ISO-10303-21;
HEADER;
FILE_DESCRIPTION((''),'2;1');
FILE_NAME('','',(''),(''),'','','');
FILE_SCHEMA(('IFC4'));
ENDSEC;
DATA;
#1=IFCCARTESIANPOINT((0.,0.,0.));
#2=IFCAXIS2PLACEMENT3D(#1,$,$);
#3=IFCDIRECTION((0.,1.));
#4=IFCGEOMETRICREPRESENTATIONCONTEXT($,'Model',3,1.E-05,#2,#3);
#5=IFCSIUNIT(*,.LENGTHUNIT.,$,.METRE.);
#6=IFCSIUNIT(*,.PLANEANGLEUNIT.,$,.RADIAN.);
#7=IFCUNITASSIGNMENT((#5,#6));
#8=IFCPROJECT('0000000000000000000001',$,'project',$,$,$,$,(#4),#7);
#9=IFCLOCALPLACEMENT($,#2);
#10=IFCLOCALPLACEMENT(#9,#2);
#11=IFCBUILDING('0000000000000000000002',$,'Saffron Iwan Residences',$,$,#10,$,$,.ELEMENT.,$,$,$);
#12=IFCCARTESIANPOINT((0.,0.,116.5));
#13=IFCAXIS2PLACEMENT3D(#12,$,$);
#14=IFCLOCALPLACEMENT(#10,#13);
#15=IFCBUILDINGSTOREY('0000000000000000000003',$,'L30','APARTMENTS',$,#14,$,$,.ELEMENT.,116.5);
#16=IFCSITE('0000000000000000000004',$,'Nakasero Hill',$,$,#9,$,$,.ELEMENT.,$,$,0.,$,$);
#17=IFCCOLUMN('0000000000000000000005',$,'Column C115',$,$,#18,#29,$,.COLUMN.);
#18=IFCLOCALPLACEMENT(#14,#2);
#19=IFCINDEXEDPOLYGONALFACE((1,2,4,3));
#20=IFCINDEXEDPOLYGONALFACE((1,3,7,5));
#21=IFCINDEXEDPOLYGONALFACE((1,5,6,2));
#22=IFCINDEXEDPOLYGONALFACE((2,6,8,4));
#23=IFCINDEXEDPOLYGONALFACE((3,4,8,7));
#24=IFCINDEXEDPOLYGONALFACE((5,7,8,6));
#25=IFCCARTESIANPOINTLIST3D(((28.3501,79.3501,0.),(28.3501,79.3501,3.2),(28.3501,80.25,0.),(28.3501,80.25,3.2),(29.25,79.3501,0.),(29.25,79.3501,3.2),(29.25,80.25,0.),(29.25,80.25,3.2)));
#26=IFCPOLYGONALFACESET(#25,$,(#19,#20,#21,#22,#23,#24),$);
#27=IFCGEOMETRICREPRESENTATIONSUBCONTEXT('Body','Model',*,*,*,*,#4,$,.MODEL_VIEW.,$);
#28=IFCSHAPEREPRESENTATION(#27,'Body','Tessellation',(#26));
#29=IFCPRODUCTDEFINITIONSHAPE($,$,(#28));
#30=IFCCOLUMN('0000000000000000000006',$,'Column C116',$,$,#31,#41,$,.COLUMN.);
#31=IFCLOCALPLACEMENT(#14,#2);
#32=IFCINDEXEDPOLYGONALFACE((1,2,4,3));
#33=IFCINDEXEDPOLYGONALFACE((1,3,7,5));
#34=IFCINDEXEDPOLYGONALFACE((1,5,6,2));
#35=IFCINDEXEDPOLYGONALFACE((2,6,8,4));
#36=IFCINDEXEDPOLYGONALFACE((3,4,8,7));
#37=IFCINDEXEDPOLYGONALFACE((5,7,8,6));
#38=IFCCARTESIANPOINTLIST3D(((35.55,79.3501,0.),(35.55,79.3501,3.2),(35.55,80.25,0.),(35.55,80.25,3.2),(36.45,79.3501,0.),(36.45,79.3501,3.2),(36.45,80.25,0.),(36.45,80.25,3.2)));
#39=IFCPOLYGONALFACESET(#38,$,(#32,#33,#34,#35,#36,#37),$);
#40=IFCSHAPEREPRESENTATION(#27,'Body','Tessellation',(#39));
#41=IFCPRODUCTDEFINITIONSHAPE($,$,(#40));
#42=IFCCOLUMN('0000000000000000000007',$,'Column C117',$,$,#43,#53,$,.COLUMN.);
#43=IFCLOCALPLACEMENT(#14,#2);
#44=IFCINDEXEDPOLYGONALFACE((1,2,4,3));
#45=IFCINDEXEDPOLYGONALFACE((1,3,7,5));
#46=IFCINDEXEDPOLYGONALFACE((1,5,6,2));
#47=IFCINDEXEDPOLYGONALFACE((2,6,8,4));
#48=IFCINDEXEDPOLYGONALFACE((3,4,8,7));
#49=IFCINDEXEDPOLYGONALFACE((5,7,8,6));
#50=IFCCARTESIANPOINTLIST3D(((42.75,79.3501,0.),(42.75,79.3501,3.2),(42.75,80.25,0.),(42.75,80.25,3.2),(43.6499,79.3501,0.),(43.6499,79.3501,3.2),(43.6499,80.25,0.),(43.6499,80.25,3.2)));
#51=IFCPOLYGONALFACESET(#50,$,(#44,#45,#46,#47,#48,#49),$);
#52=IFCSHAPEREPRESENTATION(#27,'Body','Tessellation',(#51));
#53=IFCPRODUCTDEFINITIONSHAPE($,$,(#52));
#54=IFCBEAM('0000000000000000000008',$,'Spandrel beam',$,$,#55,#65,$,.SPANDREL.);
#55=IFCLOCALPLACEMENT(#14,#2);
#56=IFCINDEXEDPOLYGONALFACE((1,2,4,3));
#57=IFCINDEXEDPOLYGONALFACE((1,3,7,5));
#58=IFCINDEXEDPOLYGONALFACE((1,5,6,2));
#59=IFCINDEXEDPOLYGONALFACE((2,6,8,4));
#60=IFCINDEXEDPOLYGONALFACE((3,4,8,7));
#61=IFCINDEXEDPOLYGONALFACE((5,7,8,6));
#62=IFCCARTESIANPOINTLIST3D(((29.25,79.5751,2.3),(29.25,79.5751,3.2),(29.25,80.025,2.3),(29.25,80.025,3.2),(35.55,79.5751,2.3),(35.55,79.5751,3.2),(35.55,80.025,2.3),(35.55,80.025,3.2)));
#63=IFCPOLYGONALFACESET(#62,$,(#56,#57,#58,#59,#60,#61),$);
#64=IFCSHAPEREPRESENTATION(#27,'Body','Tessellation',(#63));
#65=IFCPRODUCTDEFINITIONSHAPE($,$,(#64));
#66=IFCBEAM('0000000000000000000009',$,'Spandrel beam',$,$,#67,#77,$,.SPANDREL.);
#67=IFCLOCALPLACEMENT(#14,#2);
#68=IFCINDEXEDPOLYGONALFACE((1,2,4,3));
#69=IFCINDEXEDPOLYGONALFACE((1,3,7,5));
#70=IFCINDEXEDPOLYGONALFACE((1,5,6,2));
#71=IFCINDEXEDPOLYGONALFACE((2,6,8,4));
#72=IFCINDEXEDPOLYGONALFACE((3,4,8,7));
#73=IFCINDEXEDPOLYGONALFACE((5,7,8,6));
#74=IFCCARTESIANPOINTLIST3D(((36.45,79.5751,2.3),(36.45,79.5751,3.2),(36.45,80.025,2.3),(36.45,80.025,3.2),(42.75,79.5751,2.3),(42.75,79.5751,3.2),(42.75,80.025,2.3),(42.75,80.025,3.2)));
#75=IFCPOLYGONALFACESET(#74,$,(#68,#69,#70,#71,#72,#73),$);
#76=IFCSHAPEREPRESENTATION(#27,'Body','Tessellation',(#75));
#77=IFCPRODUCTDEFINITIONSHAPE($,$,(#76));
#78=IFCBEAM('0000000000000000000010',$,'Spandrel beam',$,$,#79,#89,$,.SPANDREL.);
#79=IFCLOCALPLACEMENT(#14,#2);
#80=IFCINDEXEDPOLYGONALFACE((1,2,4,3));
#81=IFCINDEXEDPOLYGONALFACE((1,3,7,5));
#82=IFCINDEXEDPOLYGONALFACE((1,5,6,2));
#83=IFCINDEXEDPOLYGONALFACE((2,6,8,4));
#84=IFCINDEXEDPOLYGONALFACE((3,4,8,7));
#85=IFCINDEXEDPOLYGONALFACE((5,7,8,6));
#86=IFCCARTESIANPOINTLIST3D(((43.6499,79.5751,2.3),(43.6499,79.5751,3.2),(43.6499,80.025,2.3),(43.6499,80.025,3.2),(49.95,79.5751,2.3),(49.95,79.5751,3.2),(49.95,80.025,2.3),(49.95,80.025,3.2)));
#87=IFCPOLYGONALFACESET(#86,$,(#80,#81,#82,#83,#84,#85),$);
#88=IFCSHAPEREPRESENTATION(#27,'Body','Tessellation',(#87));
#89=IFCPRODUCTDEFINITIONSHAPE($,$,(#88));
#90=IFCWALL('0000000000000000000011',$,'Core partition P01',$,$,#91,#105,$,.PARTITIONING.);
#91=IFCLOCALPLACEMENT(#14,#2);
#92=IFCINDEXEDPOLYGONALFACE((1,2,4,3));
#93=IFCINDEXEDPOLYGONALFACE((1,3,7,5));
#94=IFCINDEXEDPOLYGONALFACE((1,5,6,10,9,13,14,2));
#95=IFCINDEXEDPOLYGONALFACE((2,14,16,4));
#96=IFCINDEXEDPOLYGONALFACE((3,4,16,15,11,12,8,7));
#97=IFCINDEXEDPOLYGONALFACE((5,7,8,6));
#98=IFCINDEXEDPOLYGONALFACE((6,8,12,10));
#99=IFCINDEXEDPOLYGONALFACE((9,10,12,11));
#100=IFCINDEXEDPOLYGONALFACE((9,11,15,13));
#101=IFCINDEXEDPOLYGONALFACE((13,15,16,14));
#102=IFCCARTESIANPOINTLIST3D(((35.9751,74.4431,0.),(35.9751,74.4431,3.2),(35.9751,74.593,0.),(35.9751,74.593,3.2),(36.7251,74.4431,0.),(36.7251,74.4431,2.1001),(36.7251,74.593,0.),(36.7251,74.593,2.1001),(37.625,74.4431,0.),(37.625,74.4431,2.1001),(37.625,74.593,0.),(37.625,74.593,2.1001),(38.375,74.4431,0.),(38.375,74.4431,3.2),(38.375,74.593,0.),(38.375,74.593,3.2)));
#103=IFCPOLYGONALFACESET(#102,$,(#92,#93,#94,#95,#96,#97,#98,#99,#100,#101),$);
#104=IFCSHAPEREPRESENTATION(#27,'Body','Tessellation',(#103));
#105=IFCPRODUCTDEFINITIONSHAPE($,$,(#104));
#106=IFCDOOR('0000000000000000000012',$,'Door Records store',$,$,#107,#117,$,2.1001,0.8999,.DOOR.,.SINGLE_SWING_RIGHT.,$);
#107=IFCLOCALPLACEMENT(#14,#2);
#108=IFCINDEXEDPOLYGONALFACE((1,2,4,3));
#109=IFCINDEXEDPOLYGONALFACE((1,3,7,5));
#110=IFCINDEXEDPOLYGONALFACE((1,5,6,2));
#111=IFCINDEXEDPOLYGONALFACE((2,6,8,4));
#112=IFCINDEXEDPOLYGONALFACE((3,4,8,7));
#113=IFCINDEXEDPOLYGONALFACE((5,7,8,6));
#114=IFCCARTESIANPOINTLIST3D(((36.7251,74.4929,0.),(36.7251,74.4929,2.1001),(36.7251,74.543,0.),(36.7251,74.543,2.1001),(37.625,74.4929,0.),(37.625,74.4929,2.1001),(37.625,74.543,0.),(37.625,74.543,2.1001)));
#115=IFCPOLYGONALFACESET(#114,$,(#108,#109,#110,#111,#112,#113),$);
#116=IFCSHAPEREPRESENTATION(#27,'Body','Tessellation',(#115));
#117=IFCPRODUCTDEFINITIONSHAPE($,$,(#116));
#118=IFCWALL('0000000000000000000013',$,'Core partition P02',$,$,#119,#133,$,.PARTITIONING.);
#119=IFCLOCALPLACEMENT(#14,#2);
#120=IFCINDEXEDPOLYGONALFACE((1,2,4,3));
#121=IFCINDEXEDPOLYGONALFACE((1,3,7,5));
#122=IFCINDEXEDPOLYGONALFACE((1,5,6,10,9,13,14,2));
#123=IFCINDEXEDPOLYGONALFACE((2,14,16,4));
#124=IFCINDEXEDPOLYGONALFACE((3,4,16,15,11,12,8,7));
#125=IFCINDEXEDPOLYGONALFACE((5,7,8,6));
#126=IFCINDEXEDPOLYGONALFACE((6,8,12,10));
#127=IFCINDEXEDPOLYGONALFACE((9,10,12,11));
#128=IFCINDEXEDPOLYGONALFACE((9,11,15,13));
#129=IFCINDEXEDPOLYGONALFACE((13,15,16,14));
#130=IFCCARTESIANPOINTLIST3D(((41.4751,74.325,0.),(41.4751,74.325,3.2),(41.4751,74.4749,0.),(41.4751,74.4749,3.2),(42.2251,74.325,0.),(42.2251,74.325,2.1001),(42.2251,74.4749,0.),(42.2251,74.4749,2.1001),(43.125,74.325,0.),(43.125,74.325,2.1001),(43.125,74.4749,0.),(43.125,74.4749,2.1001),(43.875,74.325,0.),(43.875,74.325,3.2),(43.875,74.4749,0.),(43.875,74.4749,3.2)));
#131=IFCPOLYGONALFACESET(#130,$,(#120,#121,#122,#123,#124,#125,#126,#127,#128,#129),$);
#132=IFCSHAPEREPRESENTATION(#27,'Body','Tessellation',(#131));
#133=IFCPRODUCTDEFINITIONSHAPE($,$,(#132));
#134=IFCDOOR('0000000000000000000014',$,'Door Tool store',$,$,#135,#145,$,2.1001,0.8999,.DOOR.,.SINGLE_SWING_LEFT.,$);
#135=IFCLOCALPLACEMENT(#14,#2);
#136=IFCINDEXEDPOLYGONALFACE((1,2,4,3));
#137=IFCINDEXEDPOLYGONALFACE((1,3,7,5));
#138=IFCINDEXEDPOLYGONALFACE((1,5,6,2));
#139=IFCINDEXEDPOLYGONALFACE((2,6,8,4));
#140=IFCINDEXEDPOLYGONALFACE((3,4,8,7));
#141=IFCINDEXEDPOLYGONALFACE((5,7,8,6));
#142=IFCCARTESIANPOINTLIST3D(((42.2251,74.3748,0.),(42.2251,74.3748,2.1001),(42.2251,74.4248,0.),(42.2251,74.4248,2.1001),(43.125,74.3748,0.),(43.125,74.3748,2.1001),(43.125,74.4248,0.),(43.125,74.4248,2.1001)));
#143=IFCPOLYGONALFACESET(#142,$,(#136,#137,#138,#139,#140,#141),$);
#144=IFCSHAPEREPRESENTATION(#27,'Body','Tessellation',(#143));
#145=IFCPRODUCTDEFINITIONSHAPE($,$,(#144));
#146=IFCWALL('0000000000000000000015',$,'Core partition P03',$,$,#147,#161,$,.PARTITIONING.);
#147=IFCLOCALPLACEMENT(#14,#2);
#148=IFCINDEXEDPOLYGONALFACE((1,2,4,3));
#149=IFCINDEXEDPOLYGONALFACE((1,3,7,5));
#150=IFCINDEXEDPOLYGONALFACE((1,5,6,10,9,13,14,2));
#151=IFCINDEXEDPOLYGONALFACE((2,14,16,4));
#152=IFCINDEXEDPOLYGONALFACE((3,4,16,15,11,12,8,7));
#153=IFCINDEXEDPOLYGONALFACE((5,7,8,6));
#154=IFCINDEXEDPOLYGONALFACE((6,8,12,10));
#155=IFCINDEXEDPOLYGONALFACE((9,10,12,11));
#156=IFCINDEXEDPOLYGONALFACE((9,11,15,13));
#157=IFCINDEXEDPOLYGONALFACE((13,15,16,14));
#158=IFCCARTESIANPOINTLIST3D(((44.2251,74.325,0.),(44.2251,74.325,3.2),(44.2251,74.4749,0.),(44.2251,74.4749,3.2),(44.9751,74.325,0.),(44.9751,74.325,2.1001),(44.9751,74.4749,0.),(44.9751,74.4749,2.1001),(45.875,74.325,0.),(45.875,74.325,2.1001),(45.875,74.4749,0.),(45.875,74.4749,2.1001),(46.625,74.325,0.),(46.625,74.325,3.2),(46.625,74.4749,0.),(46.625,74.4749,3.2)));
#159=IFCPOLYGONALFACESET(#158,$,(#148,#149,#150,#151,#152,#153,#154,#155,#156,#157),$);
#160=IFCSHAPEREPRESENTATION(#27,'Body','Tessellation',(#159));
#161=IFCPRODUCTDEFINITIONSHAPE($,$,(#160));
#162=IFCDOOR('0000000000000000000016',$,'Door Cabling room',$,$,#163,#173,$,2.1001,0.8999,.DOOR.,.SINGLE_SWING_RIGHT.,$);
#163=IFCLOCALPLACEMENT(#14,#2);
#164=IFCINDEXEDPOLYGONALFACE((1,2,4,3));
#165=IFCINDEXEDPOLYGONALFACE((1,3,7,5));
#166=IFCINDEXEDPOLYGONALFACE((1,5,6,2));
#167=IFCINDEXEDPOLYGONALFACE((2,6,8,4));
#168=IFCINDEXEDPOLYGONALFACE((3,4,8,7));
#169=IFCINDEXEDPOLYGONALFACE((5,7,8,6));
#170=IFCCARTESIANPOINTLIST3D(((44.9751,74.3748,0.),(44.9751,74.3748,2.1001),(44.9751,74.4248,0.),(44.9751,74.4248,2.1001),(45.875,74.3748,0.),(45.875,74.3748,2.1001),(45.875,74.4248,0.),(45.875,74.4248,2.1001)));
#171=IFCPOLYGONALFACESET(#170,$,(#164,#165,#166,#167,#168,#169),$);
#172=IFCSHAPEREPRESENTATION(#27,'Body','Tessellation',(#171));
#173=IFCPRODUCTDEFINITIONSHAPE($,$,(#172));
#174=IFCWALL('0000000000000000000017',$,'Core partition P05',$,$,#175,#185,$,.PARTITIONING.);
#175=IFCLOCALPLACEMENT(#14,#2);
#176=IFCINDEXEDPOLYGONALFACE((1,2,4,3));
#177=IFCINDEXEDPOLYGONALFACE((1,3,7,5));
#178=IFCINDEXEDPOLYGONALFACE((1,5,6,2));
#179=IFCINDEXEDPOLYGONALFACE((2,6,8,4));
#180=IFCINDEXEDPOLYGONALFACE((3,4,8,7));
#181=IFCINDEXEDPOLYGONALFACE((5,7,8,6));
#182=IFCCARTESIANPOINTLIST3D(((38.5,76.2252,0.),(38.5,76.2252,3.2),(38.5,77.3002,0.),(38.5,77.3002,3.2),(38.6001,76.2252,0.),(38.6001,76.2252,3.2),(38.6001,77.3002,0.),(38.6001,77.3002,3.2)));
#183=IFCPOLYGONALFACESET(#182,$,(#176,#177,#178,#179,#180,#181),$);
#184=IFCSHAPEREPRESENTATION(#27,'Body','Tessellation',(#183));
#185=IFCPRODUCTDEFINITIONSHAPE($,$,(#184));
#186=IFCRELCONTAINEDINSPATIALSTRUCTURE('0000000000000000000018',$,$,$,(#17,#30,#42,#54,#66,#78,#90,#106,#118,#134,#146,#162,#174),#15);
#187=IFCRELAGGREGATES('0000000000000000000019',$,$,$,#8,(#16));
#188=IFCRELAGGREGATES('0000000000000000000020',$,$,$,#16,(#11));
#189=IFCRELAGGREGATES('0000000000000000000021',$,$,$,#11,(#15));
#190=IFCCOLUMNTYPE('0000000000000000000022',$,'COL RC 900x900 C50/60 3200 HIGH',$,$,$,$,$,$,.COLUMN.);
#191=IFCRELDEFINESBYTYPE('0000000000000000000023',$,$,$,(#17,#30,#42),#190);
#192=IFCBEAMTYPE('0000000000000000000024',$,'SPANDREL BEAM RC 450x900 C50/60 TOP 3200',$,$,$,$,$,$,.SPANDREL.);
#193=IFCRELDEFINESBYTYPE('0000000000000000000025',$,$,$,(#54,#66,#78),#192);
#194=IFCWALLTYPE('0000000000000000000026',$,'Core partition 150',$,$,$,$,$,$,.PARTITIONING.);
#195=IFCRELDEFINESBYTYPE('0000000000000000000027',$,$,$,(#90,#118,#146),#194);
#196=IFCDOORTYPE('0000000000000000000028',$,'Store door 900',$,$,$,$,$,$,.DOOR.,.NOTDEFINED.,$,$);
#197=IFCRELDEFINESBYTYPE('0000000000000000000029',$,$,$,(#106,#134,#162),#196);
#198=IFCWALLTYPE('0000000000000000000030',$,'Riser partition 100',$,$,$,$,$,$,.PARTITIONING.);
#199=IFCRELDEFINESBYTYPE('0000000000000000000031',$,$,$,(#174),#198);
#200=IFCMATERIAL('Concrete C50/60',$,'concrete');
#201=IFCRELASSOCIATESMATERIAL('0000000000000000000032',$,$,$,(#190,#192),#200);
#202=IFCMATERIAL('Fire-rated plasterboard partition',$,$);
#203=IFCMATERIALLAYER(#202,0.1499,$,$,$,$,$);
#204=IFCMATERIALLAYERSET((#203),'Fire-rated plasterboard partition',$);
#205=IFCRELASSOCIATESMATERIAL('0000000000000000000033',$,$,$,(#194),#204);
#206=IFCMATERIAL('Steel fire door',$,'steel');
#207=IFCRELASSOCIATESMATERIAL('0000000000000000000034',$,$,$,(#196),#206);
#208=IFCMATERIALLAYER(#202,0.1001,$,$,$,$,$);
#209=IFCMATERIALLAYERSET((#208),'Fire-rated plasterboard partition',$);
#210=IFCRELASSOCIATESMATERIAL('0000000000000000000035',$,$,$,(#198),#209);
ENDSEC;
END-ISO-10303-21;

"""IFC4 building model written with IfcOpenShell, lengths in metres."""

from ifc_helpers import new_model, si_unit, direction, frame, frame_2d, origin, origin_2d, place, context, subcontext, project, spatial, rectangle, extrude, source, transform, mapped, material, layer, layer_set, material_profile, profile_set, type_object, element, fill, save


model = new_model("IFC4")

# Units and contexts
model_context = context("Model", 3, precision=1e-05, world=origin(), true_north=direction((0.0, 1.0)))
body_context = subcontext(model_context, "Body", "Model", "MODEL_VIEW")
ifc_project = project(units=[si_unit("LENGTHUNIT", "METRE"), si_unit("PLANEANGLEUNIT", "RADIAN")], contexts=[model_context])

# Site, building, storey
site_placement = place(None, origin())
site = spatial("IfcSite", under=ifc_project, at=site_placement, Name="Nakasero Hill", CompositionType="ELEMENT", RefElevation=0.0)
building_placement = place(site_placement, origin())
building = spatial("IfcBuilding", under=site, at=building_placement, Name="Saffron Iwan Residences", CompositionType="ELEMENT")
storey_placement = place(building_placement, frame((0.0, 0.0, 116.5)))
storey = spatial("IfcBuildingStorey", under=building, at=storey_placement, Name="L30", Description="APARTMENTS", CompositionType="ELEMENT", Elevation=116.5)

# Columns
ifc_material_1 = material(Name="Concrete C50/60", Category="concrete")
ifc_material_profile_1 = material_profile(ifc_material_1, rectangle(XDim=0.8999, YDim=0.8999, at=origin_2d()), Name="RC 900x900")
ifc_profile_set_1 = profile_set([ifc_material_profile_1], Name="Concrete C50/60")
column_type = type_object("IfcColumnType", Name="COL RC 900x900 C50/60 3200 HIGH", PredefinedType="COLUMN", material=ifc_profile_set_1)
shared_shape_1 = source(origin(), body_context, "Body", "SweptSolid", [
    extrude(rectangle(XDim=0.8999, YDim=0.8999, at=origin_2d()), origin(), (0.0, 0.0, 1.0), 3.2),
])
for number, where, z_axis, x_axis, name in (
    (1, (28.8, 79.8, 0.0), (0.0, 0.0, 1.0), (1.0, 0.0, 0.0), "Column C115"),
    (2, (36.0, 79.8, 0.0), (0.0, 0.0, 1.0), (1.0, 0.0, 0.0), "Column C116"),
    (3, (43.2, 79.8, 0.0), (0.0, 0.0, 1.0), (1.0, 0.0, 0.0), "Column C117"),
):
    element("IfcColumn", number, at=place(storey_placement, frame(where, z_axis=z_axis, x_axis=x_axis)), inside=storey, type_object=column_type, Name=name, PredefinedType="COLUMN", context=body_context, shape_type="MappedRepresentation", body=[
        mapped(shared_shape_1, transform((0.0, 0.0, 0.0))),
    ])

# Beams
ifc_material_profile_2 = material_profile(ifc_material_1, rectangle(XDim=0.45, YDim=0.8999, at=origin_2d()), Name="RC 450x900")
ifc_profile_set_2 = profile_set([ifc_material_profile_2], Name="Concrete C50/60")
beam_type = type_object("IfcBeamType", Name="SPANDREL BEAM RC 450x900 C50/60 TOP 3200", PredefinedType="SPANDREL", material=ifc_profile_set_2)
shared_shape_2 = source(origin(), body_context, "Body", "SweptSolid", [
    extrude(rectangle(XDim=0.45, YDim=0.8999, at=origin_2d()), origin(), (0.0, 0.0, 1.0), 6.3),
])
for number, where, z_axis, x_axis, name in (
    (4, (29.25, 79.8, 2.75), (1.0, 0.0, 0.0), (0.0, 1.0, 0.0), "Spandrel beam"),
    (5, (36.45, 79.8, 2.75), (1.0, 0.0, 0.0), (0.0, 1.0, 0.0), "Spandrel beam"),
    (6, (43.6499, 79.8, 2.75), (1.0, 0.0, 0.0), (0.0, 1.0, 0.0), "Spandrel beam"),
):
    element("IfcBeam", number, at=place(storey_placement, frame(where, z_axis=z_axis, x_axis=x_axis)), inside=storey, type_object=beam_type, Name=name, PredefinedType="SPANDREL", context=body_context, shape_type="MappedRepresentation", body=[
        mapped(shared_shape_2, transform((0.0, 0.0, 0.0))),
    ])

# Walls, openings, doors
ifc_material_2 = material(Name="Fire-rated plasterboard partition")
ifc_layer_1 = layer(ifc_material_2, 0.1499)
ifc_layer_set_1 = layer_set([ifc_layer_1], Name="Fire-rated plasterboard partition")
wall_type_1 = type_object("IfcWallType", Name="Core partition 150", PredefinedType="PARTITIONING", material=ifc_layer_set_1)
wall_1_placement = place(storey_placement, frame((35.9751, 74.5181, 0.0), z_axis=(0.0, 0.0, 1.0), x_axis=(1.0, 0.0, 0.0)))
wall_1 = element("IfcWall", 7, at=wall_1_placement, inside=storey, type_object=wall_type_1, Name="Core partition P01", PredefinedType="PARTITIONING", context=body_context, shape_type="SweptSolid", body=[
    extrude(rectangle(XDim=2.3999, YDim=0.1499, at=frame_2d((1.2, 0.0))), origin(), (0.0, 0.0, 1.0), 3.2),
])
opening_1_placement = place(wall_1_placement, frame((0.75, 0.0, 0.0)))
opening_1 = element("IfcOpeningElement", 8, at=opening_1_placement, cuts=wall_1, PredefinedType="OPENING", context=body_context, shape_type="SweptSolid", body=[
    extrude(rectangle(XDim=0.8999, YDim=2.1001, at=frame_2d((0.45, 1.05))), frame((0.0, 0.085, 0.0), z_axis=(0.0, -1.0, 0.0), x_axis=(1.0, 0.0, 0.0)), (0.0, 0.0, 1.0), 0.1699),
])
ifc_material_3 = material(Name="Steel fire door", Category="steel")
door_type = type_object("IfcDoorType", Name="Store door 900", OperationType="NOTDEFINED", PredefinedType="DOOR", material=ifc_material_3)
door_1_placement = place(opening_1_placement, origin())
door_1 = element("IfcDoor", 9, at=door_1_placement, inside=storey, type_object=door_type, Name="Door Records store", OperationType="SINGLE_SWING_RIGHT", OverallHeight=2.1001, OverallWidth=0.8999, PredefinedType="DOOR", context=body_context, shape_type="SweptSolid", body=[
    extrude(rectangle(XDim=0.8999, YDim=2.1001, at=frame_2d((0.45, 1.05))), frame((0.0, 0.0249, 0.0), z_axis=(0.0, -1.0, 0.0), x_axis=(1.0, 0.0, 0.0)), (0.0, 0.0, 1.0), 0.05),
])
fill(opening_1, door_1)
wall_2_placement = place(storey_placement, frame((41.4751, 74.3999, 0.0), z_axis=(0.0, 0.0, 1.0), x_axis=(1.0, 0.0, 0.0)))
wall_2 = element("IfcWall", 10, at=wall_2_placement, inside=storey, type_object=wall_type_1, Name="Core partition P02", PredefinedType="PARTITIONING", context=body_context, shape_type="SweptSolid", body=[
    extrude(rectangle(XDim=2.3999, YDim=0.1499, at=frame_2d((1.2, 0.0))), origin(), (0.0, 0.0, 1.0), 3.2),
])
opening_2_placement = place(wall_2_placement, frame((0.75, 0.0, 0.0)))
opening_2 = element("IfcOpeningElement", 11, at=opening_2_placement, cuts=wall_2, PredefinedType="OPENING", context=body_context, shape_type="SweptSolid", body=[
    extrude(rectangle(XDim=0.8999, YDim=2.1001, at=frame_2d((0.45, 1.05))), frame((0.0, 0.085, 0.0), z_axis=(0.0, -1.0, 0.0), x_axis=(1.0, 0.0, 0.0)), (0.0, 0.0, 1.0), 0.1699),
])
door_2_placement = place(opening_2_placement, origin())
door_2 = element("IfcDoor", 12, at=door_2_placement, inside=storey, type_object=door_type, Name="Door Tool store", OperationType="SINGLE_SWING_LEFT", OverallHeight=2.1001, OverallWidth=0.8999, PredefinedType="DOOR", context=body_context, shape_type="SweptSolid", body=[
    extrude(rectangle(XDim=0.8999, YDim=2.1001, at=frame_2d((0.45, 1.05))), frame((0.0, 0.0249, 0.0), z_axis=(0.0, -1.0, 0.0), x_axis=(1.0, 0.0, 0.0)), (0.0, 0.0, 1.0), 0.05),
])
fill(opening_2, door_2)
wall_3_placement = place(storey_placement, frame((44.2251, 74.3999, 0.0), z_axis=(0.0, 0.0, 1.0), x_axis=(1.0, 0.0, 0.0)))
wall_3 = element("IfcWall", 13, at=wall_3_placement, inside=storey, type_object=wall_type_1, Name="Core partition P03", PredefinedType="PARTITIONING", context=body_context, shape_type="SweptSolid", body=[
    extrude(rectangle(XDim=2.3999, YDim=0.1499, at=frame_2d((1.2, 0.0))), origin(), (0.0, 0.0, 1.0), 3.2),
])
opening_3_placement = place(wall_3_placement, frame((0.75, 0.0, 0.0)))
opening_3 = element("IfcOpeningElement", 14, at=opening_3_placement, cuts=wall_3, PredefinedType="OPENING", context=body_context, shape_type="SweptSolid", body=[
    extrude(rectangle(XDim=0.8999, YDim=2.1001, at=frame_2d((0.45, 1.05))), frame((0.0, 0.085, 0.0), z_axis=(0.0, -1.0, 0.0), x_axis=(1.0, 0.0, 0.0)), (0.0, 0.0, 1.0), 0.1699),
])
door_3_placement = place(opening_3_placement, origin())
door_3 = element("IfcDoor", 15, at=door_3_placement, inside=storey, type_object=door_type, Name="Door Cabling room", OperationType="SINGLE_SWING_RIGHT", OverallHeight=2.1001, OverallWidth=0.8999, PredefinedType="DOOR", context=body_context, shape_type="SweptSolid", body=[
    extrude(rectangle(XDim=0.8999, YDim=2.1001, at=frame_2d((0.45, 1.05))), frame((0.0, 0.0249, 0.0), z_axis=(0.0, -1.0, 0.0), x_axis=(1.0, 0.0, 0.0)), (0.0, 0.0, 1.0), 0.05),
])
fill(opening_3, door_3)

# Wall
ifc_layer_2 = layer(ifc_material_2, 0.1001)
ifc_layer_set_2 = layer_set([ifc_layer_2], Name="Fire-rated plasterboard partition")
wall_type_2 = type_object("IfcWallType", Name="Riser partition 100", PredefinedType="PARTITIONING", material=ifc_layer_set_2)
for number, where, z_axis, x_axis, name in (
    (16, (38.55, 76.2251, 0.0), (0.0, 0.0, 1.0), (0.0, 1.0, 0.0), "Core partition P05"),
):
    element("IfcWall", number, at=place(storey_placement, frame(where, z_axis=z_axis, x_axis=x_axis)), inside=storey, type_object=wall_type_2, Name=name, PredefinedType="PARTITIONING", context=body_context, shape_type="SweptSolid", body=[
        extrude(rectangle(XDim=1.075, YDim=0.1001, at=frame_2d((0.5376, 0.0))), origin(), (0.0, 0.0, 1.0), 3.2),
    ])

save(model, "model.ifc")
